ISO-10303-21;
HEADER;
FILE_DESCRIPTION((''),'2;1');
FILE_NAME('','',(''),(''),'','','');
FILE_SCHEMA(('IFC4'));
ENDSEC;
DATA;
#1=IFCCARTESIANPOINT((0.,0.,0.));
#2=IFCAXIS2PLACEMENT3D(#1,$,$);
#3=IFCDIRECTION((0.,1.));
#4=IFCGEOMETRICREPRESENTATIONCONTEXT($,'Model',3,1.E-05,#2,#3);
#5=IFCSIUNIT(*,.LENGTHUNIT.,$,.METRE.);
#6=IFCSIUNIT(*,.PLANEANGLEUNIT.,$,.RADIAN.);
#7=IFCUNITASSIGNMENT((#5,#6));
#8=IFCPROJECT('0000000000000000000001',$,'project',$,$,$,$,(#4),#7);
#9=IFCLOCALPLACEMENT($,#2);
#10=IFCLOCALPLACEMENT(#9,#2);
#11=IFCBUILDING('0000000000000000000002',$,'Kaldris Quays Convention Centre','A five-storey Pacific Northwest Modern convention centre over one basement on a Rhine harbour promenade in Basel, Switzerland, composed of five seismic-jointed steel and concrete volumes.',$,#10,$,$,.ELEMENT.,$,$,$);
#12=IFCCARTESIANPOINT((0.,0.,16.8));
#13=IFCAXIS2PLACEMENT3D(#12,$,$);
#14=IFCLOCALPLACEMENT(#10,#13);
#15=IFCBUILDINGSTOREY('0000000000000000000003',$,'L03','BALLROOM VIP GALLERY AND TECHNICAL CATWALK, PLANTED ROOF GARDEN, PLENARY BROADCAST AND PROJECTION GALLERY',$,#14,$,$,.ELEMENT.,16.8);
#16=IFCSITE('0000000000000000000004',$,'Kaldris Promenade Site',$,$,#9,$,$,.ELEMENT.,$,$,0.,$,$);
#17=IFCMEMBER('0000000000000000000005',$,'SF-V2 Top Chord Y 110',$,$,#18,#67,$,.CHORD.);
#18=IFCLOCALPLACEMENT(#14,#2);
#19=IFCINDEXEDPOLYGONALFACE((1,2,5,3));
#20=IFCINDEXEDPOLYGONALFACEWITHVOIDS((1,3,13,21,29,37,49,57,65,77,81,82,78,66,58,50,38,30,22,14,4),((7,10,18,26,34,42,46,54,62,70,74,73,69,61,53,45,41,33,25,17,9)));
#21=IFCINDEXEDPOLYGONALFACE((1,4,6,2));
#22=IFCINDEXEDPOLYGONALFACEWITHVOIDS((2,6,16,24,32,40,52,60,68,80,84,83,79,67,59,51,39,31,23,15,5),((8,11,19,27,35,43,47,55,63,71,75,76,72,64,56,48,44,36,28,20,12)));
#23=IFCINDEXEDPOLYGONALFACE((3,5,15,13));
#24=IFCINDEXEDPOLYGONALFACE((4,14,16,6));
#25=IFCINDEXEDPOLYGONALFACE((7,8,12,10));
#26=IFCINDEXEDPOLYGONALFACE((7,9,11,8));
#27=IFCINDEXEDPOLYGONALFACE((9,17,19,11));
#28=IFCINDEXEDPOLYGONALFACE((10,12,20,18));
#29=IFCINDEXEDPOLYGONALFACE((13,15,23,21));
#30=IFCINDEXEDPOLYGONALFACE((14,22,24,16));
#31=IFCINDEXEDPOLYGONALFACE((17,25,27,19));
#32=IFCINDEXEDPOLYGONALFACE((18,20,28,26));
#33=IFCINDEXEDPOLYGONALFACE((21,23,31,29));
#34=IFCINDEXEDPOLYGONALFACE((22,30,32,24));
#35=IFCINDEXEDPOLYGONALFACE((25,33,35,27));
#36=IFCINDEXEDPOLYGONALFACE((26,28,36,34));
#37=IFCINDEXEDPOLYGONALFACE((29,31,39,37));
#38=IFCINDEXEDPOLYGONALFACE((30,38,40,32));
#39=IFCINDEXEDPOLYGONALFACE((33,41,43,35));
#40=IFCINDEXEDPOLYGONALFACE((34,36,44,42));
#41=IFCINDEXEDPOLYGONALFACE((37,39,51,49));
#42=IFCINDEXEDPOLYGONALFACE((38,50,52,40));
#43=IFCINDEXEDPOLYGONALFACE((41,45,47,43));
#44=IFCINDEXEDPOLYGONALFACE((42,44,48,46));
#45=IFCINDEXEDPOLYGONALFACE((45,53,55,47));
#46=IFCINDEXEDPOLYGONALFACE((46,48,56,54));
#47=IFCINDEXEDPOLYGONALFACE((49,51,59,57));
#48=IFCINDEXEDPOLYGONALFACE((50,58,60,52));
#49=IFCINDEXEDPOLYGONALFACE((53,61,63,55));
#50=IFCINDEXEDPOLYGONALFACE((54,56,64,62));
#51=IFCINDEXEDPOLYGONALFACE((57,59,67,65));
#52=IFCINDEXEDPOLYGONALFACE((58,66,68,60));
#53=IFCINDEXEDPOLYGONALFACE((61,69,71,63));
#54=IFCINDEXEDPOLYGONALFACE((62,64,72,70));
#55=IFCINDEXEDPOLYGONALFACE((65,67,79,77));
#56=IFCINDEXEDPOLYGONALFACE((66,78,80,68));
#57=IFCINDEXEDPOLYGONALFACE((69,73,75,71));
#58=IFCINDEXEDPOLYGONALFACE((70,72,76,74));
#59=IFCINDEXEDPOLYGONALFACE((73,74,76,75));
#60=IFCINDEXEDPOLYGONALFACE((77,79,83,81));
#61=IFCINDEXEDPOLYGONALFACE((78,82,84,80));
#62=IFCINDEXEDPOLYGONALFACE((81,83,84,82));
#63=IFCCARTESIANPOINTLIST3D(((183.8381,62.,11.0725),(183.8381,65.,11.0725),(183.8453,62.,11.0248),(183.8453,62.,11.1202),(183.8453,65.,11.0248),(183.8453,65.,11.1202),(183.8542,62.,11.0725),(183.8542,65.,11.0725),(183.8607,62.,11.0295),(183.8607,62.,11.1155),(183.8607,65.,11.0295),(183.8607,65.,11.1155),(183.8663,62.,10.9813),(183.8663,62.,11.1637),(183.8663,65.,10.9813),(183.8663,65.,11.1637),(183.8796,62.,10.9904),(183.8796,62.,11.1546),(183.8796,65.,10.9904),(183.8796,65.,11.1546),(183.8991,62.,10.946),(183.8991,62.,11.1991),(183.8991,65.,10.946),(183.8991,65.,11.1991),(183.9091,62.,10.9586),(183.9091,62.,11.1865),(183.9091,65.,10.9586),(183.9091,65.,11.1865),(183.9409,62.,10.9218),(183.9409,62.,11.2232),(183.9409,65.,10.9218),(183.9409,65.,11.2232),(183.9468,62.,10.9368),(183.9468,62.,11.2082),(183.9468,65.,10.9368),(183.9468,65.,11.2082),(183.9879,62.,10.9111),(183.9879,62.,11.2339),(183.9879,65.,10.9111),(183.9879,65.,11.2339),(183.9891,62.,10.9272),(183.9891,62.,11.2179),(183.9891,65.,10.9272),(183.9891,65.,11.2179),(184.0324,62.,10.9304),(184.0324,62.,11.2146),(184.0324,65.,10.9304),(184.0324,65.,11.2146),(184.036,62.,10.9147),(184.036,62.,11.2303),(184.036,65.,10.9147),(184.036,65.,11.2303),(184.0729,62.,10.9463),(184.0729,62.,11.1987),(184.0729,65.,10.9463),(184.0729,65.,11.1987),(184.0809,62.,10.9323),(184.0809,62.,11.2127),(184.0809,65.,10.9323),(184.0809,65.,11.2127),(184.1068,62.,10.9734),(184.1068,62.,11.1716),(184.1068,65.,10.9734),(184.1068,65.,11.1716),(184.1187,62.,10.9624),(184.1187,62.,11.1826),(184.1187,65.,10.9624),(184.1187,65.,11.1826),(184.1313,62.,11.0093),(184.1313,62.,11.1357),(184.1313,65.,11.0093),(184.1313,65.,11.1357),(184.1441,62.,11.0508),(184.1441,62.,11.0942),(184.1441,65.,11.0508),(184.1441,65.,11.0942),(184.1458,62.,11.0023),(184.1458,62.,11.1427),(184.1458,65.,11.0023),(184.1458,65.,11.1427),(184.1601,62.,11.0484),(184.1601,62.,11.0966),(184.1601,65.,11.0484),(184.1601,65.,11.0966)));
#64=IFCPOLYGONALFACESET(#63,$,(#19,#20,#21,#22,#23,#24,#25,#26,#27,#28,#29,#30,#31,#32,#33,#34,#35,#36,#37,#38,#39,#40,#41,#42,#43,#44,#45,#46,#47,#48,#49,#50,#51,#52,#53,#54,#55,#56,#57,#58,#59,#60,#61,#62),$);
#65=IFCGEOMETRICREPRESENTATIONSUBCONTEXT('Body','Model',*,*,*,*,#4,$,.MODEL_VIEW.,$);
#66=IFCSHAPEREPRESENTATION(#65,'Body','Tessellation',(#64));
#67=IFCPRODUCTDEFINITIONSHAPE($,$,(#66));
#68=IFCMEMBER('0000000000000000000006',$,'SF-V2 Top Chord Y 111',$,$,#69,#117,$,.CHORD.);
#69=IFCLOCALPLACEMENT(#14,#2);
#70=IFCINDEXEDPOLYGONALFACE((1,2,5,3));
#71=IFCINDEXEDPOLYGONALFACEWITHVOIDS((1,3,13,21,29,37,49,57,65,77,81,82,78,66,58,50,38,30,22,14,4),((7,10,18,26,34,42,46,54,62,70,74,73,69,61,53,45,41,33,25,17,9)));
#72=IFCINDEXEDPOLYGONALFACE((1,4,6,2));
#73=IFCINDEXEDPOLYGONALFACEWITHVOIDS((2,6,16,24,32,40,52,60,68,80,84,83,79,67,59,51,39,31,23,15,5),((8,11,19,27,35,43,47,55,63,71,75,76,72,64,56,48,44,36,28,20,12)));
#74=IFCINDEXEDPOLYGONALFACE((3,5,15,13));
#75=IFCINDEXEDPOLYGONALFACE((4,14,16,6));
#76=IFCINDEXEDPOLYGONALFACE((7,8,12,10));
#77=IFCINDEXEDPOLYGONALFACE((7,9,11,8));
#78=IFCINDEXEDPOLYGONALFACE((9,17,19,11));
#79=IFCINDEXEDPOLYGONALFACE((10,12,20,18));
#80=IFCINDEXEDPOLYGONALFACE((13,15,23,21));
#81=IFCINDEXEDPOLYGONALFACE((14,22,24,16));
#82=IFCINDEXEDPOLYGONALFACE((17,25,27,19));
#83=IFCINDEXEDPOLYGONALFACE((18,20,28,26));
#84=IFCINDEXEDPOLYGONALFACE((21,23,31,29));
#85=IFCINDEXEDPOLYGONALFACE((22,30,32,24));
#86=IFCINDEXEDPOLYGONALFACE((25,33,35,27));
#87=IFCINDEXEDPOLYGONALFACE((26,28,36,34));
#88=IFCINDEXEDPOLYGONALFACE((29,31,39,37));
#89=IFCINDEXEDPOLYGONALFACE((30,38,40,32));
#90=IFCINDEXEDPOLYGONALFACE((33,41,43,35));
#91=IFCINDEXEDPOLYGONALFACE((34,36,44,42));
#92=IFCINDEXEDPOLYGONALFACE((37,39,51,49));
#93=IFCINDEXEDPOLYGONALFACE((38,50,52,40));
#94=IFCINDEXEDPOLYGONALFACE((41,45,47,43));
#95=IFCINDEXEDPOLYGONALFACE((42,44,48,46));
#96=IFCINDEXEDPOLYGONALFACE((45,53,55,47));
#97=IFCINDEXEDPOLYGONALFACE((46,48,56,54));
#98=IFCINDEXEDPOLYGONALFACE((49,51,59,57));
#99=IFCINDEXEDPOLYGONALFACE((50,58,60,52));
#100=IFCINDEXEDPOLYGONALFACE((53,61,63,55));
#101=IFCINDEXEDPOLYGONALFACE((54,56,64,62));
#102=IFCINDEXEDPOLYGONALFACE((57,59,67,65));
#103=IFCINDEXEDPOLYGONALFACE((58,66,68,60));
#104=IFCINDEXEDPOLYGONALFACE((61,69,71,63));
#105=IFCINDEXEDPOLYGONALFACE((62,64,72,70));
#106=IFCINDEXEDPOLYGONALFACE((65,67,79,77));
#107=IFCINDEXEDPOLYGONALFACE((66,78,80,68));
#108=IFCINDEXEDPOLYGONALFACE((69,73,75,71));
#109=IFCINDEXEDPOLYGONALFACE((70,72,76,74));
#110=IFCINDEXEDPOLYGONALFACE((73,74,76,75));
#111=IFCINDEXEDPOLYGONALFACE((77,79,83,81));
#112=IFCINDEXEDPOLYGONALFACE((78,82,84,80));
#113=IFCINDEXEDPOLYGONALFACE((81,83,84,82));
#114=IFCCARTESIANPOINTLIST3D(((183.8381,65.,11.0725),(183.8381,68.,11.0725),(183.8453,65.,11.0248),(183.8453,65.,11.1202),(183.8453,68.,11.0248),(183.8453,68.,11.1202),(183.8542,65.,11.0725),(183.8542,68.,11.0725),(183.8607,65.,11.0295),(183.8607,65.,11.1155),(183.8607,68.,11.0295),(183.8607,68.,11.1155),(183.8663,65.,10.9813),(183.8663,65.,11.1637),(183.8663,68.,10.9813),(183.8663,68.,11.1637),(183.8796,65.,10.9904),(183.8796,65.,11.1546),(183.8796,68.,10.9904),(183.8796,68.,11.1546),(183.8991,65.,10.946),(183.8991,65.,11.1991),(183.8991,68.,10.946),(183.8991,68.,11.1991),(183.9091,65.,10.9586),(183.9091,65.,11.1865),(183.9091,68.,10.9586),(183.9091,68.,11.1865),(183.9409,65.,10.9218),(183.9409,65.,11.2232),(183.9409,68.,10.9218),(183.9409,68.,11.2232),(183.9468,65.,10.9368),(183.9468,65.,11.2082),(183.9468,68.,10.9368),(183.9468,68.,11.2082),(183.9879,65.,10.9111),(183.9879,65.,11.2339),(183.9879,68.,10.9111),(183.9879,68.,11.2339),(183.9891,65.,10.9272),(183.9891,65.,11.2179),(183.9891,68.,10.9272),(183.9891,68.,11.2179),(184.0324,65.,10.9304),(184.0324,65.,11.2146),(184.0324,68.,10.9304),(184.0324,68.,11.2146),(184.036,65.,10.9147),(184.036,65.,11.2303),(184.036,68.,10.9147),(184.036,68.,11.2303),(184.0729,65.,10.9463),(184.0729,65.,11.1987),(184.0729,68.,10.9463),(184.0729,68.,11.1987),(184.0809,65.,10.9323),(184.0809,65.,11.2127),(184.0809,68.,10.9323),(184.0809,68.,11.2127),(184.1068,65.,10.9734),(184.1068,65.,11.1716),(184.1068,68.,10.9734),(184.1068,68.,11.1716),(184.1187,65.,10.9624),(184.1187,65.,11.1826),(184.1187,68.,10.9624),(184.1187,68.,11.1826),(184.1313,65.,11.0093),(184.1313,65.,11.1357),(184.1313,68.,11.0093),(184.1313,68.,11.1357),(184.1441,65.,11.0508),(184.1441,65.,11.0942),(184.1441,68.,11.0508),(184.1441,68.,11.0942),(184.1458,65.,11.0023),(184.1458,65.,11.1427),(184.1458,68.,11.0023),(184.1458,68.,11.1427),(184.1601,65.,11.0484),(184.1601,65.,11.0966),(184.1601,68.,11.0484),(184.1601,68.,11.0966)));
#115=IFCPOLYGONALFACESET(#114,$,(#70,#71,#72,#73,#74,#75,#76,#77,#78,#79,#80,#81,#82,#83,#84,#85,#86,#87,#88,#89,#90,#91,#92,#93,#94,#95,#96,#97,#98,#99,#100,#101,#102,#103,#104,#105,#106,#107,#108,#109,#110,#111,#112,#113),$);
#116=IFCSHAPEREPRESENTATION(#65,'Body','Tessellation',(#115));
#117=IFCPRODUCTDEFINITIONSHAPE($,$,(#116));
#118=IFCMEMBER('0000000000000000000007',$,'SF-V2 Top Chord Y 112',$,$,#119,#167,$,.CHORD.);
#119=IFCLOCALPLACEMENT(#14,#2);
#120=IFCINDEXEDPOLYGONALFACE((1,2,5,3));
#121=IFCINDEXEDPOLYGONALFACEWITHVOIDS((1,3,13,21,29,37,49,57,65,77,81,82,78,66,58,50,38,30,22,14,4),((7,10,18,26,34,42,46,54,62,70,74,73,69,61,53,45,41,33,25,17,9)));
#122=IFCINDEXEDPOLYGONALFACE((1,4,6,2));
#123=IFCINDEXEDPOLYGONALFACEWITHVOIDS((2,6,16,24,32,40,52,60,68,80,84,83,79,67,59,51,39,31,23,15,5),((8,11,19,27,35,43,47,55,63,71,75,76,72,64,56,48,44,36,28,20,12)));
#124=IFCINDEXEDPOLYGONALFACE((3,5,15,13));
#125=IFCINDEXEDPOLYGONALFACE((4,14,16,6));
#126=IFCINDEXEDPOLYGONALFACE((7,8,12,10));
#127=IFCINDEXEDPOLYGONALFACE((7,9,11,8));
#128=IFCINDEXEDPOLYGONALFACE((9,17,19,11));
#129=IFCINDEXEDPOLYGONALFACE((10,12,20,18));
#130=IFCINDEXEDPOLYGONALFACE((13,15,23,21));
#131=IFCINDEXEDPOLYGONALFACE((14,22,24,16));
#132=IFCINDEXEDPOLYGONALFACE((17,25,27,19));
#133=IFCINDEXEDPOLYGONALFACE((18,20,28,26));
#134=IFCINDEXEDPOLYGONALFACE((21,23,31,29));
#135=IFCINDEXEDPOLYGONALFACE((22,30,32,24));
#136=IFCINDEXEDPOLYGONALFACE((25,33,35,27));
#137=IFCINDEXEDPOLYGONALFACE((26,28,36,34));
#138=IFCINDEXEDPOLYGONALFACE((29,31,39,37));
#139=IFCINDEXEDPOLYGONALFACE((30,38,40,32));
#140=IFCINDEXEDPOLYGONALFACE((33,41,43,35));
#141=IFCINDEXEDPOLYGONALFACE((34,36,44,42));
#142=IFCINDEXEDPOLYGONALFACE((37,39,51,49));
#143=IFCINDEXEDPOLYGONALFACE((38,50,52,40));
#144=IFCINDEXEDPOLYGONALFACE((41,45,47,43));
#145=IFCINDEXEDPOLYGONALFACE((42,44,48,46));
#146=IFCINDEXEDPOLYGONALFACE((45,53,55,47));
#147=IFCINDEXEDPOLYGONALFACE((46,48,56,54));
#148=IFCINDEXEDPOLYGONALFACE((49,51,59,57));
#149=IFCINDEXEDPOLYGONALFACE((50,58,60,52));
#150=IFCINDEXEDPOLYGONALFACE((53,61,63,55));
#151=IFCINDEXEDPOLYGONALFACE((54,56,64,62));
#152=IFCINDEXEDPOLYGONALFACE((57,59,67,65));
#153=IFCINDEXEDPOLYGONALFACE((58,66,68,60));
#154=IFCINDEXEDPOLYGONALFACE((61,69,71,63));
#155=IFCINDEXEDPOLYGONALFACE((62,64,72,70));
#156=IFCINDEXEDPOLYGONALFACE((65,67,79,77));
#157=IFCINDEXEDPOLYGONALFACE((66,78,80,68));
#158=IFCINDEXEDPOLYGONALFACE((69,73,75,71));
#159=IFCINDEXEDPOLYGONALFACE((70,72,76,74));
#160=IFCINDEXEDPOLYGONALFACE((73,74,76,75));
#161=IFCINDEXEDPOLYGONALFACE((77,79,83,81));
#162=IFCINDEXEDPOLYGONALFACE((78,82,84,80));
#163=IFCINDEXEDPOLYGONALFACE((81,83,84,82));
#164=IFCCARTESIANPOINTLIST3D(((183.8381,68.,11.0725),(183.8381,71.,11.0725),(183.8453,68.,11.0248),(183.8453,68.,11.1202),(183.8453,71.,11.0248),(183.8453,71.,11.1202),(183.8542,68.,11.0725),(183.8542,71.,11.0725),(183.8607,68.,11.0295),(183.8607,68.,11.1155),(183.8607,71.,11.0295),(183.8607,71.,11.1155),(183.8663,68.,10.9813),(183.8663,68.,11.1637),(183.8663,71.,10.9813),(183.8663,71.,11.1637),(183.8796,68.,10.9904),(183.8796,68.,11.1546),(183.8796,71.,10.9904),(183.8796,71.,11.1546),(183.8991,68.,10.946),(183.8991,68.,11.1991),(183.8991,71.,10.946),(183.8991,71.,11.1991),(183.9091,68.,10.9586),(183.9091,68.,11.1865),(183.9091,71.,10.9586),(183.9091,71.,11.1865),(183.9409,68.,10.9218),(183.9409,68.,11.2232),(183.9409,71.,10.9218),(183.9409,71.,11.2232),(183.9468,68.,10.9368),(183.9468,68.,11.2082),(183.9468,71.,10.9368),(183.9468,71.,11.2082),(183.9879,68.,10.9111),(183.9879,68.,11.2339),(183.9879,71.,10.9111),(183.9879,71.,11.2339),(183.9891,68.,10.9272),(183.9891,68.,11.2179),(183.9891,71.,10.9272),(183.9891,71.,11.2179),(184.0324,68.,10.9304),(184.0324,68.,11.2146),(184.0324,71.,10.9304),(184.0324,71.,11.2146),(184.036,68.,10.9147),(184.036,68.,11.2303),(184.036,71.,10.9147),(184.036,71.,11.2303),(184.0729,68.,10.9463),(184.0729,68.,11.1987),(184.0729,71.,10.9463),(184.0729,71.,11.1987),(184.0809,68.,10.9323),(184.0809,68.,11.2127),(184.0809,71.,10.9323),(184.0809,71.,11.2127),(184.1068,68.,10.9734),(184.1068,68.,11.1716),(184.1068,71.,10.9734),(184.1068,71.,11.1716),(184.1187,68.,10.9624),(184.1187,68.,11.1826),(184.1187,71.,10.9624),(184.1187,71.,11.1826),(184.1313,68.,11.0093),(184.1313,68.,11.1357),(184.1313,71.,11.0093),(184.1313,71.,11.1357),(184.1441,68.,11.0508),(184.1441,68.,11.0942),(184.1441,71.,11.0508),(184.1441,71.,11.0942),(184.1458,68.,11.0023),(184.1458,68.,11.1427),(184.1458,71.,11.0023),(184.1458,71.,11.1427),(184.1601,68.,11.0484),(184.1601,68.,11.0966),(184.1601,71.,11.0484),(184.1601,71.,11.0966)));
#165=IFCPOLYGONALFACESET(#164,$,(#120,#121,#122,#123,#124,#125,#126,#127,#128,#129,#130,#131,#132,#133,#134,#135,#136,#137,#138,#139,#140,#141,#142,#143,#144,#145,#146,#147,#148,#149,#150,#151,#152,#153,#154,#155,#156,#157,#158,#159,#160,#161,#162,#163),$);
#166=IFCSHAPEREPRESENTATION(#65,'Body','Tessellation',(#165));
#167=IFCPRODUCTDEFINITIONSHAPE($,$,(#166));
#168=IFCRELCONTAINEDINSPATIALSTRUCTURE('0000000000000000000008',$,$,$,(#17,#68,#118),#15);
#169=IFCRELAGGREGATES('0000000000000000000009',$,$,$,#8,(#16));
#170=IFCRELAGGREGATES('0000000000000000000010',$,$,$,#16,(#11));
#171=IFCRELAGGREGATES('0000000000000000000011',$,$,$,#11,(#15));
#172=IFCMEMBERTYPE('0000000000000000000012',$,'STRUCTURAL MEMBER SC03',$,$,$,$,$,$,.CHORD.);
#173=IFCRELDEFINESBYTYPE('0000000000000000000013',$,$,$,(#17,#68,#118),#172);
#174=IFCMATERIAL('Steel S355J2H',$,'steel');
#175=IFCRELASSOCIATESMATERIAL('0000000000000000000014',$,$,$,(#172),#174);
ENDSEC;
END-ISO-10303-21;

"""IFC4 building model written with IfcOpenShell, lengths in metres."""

from ifc_helpers import new_model, si_unit, direction, frame, origin, origin_2d, place, context, subcontext, project, spatial, hollow_circle, extrude, material, material_profile, profile_set, type_object, element, save


model = new_model("IFC4")

# Units and contexts
model_context = context("Model", 3, precision=1e-05, world=origin(), true_north=direction((0.0, 1.0)))
body_context = subcontext(model_context, "Body", "Model", "MODEL_VIEW")
ifc_project = project(units=[si_unit("LENGTHUNIT", "METRE"), si_unit("PLANEANGLEUNIT", "RADIAN")], contexts=[model_context])

# Site, building, storey
site_placement = place(None, origin())
site = spatial("IfcSite", under=ifc_project, at=site_placement, Name="Kaldris Promenade Site", CompositionType="ELEMENT", RefElevation=0.0)
building_placement = place(site_placement, origin())
building = spatial("IfcBuilding", under=site, at=building_placement, Name="Kaldris Quays Convention Centre", Description="A five-storey Pacific Northwest Modern convention centre over one basement on a Rhine harbour promenade in Basel, Switzerland, composed of five seismic-jointed steel and concrete volumes.", CompositionType="ELEMENT")
storey_placement = place(building_placement, frame((0.0, 0.0, 16.8)))
storey = spatial("IfcBuildingStorey", under=building, at=storey_placement, Name="L03", Description="BALLROOM VIP GALLERY AND TECHNICAL CATWALK, PLANTED ROOF GARDEN, PLENARY BROADCAST AND PROJECTION GALLERY", CompositionType="ELEMENT", Elevation=16.8)

# Members
ifc_material_1 = material(Name="Steel S355J2H", Category="steel")
ifc_material_profile_1 = material_profile(ifc_material_1, hollow_circle(Radius=0.1619, WallThickness=0.0161, at=origin_2d()), Name="CHS 323.9x16")
ifc_profile_set_1 = profile_set([ifc_material_profile_1], Name="Steel S355J2H")
member_type_1 = type_object("IfcMemberType", Name="STRUCTURAL MEMBER SC03", PredefinedType="CHORD", material=ifc_profile_set_1)
for number, where, z_axis, x_axis, name in (
    (1, (184.0, 62.0, 11.0725), (0.0, 1.0, 0.0), (-1.0, 0.0, 0.0), "SF-V2 Top Chord Y 110"),
    (2, (184.0, 65.0, 11.0725), (0.0, 1.0, 0.0), (-1.0, 0.0, 0.0), "SF-V2 Top Chord Y 111"),
    (3, (184.0, 68.0, 11.0725), (0.0, 1.0, 0.0), (-1.0, 0.0, 0.0), "SF-V2 Top Chord Y 112"),
):
    element("IfcMember", number, at=place(storey_placement, frame(where, z_axis=z_axis, x_axis=x_axis)), inside=storey, type_object=member_type_1, Name=name, PredefinedType="CHORD", context=body_context, shape_type="SweptSolid", body=[
        extrude(hollow_circle(Radius=0.1619, WallThickness=0.0161, at=origin_2d()), origin(), (0.0, 0.0, 1.0), 3.0),
    ])

save(model, "model.ifc")
